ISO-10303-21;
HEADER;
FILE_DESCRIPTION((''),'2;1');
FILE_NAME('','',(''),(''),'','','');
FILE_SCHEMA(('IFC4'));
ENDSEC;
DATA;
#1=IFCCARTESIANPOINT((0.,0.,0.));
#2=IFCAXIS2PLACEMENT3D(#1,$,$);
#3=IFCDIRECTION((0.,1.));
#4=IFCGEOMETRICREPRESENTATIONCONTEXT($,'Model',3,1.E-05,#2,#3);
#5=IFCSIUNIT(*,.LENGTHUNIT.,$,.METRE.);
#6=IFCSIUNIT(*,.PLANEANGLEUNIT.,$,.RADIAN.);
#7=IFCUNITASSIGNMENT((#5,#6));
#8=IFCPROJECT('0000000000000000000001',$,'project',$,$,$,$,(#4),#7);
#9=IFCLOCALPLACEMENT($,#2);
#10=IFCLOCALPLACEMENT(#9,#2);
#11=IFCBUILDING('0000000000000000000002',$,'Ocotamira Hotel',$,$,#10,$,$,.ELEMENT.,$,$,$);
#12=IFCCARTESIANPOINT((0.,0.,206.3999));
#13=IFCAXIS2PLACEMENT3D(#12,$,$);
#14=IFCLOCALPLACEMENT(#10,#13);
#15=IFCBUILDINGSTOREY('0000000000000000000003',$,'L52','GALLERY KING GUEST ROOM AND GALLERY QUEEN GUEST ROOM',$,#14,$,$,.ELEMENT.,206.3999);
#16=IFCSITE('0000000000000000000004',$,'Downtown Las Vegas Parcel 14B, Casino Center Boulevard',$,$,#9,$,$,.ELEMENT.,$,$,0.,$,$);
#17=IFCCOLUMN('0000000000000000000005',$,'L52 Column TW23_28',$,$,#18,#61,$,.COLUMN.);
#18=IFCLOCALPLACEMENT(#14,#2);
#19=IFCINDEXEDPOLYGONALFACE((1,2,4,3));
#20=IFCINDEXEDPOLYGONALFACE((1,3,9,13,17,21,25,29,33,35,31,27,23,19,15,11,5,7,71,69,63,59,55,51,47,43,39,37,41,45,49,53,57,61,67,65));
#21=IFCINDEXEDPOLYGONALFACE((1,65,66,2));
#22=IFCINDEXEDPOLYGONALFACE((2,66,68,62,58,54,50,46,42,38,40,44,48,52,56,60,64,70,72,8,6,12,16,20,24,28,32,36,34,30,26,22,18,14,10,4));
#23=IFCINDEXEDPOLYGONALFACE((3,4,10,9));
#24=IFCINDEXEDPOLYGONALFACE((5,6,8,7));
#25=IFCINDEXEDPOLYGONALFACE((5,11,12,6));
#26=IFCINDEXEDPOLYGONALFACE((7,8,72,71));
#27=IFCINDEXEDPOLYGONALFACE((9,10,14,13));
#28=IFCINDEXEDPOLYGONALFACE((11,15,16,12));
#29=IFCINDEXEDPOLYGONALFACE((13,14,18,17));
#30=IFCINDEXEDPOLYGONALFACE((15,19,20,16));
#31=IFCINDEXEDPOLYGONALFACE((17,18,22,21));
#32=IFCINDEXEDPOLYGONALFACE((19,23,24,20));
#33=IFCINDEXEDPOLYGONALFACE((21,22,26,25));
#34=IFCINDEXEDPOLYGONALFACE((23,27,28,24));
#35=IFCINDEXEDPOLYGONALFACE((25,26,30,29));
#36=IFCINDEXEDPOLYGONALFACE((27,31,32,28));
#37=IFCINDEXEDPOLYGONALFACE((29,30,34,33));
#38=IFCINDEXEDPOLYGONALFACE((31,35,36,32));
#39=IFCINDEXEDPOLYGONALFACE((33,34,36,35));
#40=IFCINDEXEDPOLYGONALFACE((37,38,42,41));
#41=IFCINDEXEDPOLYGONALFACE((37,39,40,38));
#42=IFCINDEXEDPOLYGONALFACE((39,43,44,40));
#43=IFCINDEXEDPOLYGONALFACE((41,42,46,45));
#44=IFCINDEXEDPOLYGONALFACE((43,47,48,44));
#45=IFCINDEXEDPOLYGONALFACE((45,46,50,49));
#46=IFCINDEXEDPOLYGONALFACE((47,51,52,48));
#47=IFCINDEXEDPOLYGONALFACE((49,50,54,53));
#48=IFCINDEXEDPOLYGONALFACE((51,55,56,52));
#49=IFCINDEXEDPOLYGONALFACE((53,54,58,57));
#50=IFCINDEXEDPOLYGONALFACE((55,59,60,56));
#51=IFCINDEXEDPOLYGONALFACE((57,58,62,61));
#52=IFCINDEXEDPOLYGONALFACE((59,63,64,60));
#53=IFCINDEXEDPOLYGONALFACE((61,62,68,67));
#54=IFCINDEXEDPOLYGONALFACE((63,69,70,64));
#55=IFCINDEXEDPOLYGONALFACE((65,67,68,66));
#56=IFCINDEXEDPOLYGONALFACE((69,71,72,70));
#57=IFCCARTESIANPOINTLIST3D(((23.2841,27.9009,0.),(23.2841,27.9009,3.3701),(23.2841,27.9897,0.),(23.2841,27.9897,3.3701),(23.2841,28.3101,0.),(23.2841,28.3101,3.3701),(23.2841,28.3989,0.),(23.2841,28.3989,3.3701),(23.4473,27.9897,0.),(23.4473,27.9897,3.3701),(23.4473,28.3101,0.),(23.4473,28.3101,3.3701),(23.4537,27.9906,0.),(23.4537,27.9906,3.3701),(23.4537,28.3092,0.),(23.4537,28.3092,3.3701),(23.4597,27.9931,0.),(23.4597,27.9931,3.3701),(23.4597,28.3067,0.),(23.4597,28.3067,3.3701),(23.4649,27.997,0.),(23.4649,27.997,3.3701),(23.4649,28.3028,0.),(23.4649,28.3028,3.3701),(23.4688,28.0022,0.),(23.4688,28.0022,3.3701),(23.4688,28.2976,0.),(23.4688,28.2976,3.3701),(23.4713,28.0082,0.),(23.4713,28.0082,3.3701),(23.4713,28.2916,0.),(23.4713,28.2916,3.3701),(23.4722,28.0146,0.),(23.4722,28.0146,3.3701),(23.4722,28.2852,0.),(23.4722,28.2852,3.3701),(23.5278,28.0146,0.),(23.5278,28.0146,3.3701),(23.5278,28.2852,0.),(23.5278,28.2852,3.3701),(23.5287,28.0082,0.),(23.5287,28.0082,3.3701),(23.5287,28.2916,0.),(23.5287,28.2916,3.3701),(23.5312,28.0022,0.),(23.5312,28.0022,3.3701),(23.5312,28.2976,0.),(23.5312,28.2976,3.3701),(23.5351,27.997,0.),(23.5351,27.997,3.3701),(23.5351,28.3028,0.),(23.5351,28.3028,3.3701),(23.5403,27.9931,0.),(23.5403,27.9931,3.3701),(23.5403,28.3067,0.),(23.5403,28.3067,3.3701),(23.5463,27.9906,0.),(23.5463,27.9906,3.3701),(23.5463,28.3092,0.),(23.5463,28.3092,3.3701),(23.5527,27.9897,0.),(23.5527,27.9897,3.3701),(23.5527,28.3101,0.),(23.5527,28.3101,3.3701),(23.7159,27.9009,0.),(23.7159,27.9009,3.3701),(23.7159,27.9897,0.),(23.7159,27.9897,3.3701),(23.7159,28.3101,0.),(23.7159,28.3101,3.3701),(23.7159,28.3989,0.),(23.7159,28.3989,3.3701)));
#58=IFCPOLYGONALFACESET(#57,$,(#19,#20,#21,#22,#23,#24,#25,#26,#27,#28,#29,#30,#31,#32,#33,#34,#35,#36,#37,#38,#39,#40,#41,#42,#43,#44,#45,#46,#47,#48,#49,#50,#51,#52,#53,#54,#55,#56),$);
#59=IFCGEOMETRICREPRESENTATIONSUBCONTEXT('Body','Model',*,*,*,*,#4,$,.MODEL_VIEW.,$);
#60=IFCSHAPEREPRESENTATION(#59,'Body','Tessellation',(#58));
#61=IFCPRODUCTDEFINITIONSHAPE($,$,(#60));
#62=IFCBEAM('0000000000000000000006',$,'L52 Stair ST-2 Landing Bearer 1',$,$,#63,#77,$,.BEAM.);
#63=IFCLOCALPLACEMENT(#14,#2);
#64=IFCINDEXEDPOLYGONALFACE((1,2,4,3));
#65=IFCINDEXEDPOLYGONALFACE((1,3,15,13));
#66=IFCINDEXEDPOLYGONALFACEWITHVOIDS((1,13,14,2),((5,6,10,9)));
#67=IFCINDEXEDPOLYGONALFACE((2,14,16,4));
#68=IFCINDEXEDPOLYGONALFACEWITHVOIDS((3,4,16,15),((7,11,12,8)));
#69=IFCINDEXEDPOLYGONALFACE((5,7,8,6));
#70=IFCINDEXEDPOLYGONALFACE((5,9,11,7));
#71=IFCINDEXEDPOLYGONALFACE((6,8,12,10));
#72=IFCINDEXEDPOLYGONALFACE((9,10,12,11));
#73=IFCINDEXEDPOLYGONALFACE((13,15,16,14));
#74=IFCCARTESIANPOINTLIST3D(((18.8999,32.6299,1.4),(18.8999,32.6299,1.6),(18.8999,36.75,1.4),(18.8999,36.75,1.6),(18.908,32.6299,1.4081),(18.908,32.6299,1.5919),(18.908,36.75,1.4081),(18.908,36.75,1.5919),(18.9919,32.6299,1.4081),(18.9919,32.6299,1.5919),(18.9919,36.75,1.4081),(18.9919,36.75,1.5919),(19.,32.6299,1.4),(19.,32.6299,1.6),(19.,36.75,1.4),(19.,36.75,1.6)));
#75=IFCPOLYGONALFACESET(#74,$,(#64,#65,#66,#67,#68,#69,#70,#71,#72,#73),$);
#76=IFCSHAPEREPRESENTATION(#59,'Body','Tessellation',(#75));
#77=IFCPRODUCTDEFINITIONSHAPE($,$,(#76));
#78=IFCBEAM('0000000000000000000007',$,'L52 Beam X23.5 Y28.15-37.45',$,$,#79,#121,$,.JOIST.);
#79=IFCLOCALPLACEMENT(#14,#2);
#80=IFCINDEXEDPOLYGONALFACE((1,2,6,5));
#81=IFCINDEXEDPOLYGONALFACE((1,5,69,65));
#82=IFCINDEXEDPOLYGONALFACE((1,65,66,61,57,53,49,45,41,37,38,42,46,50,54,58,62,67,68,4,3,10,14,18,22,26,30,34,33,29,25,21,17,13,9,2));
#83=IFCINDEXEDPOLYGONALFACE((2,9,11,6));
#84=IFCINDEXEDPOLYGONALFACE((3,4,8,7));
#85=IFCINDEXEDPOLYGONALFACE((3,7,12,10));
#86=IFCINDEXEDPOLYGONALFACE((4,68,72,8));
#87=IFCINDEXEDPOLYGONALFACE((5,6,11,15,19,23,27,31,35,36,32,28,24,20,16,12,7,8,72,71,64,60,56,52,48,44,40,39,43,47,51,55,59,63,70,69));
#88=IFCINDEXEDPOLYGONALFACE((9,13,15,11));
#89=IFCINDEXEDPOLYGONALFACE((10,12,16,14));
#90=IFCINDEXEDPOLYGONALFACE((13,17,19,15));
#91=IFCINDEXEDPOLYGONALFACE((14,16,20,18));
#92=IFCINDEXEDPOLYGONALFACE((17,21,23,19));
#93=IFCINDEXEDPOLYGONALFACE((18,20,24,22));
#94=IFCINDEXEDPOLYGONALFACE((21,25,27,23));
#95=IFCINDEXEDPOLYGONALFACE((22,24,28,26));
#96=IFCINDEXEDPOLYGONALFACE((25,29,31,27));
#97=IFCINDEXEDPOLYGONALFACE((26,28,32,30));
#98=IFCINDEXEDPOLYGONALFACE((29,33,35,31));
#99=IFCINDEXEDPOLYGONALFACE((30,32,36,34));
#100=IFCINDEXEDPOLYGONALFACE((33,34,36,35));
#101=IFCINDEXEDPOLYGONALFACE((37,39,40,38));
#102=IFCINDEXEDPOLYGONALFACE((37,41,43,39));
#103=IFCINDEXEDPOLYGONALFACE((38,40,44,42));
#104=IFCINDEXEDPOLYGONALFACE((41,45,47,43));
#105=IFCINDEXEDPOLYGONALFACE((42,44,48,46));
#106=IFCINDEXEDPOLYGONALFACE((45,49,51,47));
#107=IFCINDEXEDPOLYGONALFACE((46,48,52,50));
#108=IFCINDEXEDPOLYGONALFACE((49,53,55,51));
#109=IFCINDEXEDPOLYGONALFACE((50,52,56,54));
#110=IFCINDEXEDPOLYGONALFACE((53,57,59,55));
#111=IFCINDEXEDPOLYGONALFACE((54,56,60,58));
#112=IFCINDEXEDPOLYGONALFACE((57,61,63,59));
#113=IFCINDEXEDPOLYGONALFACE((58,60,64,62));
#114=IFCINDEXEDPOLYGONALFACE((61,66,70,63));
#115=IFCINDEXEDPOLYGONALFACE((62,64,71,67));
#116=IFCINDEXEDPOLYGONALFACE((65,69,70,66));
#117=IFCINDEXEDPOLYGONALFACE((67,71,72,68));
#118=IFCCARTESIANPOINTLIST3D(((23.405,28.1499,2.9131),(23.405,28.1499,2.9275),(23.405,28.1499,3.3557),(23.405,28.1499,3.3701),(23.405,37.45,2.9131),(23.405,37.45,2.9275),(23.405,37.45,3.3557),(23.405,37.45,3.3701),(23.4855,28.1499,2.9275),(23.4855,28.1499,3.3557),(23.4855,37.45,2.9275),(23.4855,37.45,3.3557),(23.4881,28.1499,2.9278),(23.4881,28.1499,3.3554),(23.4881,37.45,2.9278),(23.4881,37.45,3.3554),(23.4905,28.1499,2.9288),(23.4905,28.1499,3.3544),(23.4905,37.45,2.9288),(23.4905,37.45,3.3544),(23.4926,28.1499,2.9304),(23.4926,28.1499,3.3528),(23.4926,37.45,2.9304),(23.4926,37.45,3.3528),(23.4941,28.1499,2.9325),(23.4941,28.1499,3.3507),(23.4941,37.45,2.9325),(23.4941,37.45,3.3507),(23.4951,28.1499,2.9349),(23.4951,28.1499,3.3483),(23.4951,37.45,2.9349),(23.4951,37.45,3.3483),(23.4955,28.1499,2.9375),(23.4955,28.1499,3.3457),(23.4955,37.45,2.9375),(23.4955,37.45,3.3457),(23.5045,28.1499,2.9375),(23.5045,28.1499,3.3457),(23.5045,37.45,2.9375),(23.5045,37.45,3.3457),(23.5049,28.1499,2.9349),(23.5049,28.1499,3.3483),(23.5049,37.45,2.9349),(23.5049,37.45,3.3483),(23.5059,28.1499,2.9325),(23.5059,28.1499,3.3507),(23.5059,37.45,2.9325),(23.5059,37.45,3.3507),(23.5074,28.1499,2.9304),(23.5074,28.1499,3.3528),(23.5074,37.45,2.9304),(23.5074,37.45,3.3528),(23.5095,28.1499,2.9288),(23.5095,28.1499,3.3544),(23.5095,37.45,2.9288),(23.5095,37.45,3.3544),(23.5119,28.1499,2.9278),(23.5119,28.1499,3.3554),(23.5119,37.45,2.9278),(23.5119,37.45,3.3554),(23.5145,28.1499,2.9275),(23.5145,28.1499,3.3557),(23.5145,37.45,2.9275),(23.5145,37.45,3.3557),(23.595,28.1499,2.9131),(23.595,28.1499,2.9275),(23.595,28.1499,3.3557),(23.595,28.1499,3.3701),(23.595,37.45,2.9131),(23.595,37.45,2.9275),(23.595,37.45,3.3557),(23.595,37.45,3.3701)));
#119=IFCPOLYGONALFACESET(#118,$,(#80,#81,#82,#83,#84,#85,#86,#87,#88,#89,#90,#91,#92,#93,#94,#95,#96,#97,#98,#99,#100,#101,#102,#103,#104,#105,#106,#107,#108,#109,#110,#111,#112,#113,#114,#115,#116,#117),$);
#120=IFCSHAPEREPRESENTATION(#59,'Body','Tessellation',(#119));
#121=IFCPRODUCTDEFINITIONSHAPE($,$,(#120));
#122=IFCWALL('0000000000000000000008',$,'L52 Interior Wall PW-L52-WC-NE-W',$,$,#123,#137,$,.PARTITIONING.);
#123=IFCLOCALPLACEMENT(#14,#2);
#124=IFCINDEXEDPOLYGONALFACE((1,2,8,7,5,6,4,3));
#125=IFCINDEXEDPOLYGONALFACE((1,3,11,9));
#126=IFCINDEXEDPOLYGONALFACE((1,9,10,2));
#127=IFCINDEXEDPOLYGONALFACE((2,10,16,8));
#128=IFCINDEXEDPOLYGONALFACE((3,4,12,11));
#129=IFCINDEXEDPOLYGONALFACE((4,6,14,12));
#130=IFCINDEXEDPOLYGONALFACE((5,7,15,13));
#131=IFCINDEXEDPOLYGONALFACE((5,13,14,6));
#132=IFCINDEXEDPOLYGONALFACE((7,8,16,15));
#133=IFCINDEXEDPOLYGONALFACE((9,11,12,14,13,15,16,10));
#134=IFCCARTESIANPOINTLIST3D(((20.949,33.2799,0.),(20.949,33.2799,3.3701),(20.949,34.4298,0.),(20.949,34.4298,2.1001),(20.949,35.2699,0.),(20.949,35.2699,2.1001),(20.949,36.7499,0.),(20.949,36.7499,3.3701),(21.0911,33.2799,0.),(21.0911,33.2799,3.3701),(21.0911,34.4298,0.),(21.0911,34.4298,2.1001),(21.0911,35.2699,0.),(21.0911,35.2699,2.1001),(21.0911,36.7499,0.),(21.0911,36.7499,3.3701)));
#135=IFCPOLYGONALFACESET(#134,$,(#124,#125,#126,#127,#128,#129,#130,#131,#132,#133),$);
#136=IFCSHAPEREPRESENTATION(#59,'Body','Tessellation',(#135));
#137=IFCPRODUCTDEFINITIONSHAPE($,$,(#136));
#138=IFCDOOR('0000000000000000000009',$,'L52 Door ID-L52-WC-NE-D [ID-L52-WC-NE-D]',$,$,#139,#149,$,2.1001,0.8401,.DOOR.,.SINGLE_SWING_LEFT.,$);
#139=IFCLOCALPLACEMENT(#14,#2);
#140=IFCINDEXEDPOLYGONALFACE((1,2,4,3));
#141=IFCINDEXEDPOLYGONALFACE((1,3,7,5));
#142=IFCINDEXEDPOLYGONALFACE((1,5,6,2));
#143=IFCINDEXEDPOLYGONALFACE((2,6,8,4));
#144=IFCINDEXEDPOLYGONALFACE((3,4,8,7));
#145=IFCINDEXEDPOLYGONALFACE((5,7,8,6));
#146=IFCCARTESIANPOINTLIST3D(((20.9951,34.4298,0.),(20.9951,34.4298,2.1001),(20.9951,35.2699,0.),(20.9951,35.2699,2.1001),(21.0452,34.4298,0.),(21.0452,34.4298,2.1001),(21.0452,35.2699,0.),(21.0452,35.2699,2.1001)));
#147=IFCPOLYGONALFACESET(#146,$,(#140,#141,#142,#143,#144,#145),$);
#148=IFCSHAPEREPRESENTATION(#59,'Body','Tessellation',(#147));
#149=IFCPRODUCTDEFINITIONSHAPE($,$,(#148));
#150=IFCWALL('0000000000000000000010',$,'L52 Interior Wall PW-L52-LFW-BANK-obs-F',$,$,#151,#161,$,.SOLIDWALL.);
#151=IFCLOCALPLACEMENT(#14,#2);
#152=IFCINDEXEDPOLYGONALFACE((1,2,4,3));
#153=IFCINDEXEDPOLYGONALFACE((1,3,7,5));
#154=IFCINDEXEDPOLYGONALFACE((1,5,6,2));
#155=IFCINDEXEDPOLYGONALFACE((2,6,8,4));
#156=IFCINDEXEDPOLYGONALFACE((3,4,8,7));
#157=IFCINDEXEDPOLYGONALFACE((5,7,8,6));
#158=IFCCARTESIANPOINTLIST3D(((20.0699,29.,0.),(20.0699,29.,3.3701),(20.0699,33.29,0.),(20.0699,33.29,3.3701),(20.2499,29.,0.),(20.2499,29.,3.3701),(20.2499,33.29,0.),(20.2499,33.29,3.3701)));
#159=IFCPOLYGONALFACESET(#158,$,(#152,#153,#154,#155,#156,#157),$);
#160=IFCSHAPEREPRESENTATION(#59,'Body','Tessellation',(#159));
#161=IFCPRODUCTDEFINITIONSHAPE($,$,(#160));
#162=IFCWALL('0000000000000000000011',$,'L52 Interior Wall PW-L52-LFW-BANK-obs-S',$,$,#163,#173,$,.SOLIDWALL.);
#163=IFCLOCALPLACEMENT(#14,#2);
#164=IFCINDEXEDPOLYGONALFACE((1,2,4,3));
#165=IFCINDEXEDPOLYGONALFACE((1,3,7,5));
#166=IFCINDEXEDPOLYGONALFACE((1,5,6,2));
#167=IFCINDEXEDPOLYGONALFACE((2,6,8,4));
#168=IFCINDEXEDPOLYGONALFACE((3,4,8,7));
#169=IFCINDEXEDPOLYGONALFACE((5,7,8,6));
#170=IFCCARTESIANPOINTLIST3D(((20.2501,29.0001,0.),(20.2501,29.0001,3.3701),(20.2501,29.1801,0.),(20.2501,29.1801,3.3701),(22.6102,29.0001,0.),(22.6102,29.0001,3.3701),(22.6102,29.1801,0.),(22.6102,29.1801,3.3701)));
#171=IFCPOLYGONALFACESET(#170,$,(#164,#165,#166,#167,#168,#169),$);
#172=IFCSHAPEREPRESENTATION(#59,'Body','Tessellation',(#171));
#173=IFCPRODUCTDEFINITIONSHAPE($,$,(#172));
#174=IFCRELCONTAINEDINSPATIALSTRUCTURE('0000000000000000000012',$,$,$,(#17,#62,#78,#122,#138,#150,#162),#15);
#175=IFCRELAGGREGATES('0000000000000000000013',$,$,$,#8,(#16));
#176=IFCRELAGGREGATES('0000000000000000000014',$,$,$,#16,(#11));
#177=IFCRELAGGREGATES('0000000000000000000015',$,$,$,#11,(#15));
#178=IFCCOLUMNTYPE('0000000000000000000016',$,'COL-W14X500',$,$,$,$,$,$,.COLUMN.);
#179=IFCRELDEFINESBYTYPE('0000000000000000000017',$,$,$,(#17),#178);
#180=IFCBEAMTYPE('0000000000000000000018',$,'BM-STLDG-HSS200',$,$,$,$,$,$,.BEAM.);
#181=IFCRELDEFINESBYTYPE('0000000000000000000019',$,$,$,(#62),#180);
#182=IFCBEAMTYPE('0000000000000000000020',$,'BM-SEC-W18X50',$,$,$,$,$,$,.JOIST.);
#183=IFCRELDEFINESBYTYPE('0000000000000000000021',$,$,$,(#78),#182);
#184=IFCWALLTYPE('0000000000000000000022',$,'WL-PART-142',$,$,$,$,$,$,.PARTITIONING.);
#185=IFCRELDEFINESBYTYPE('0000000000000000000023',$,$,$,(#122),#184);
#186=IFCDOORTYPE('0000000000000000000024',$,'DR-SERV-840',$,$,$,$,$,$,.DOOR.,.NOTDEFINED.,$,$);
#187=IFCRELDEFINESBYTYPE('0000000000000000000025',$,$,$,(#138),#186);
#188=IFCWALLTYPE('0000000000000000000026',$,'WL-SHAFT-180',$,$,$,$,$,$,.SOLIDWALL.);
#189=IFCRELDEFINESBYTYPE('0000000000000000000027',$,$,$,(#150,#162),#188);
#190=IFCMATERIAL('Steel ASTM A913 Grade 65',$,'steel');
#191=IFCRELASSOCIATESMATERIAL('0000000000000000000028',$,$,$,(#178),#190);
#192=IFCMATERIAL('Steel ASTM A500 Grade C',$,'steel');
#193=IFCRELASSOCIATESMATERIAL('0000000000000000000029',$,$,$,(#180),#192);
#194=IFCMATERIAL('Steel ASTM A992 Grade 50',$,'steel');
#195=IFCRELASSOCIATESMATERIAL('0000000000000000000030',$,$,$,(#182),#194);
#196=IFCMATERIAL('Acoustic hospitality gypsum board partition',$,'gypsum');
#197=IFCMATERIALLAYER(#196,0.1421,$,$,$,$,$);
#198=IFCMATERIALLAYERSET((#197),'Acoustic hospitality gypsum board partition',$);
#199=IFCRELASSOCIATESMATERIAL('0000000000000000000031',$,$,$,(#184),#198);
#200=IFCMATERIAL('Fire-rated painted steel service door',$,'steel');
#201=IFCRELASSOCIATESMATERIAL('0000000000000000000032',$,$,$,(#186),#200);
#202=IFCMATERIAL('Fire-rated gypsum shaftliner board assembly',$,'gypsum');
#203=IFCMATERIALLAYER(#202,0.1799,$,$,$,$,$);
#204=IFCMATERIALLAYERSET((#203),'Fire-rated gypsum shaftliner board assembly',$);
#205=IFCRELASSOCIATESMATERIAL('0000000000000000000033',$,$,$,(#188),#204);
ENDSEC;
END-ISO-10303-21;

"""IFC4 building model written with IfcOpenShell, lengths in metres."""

from ifc_helpers import new_model, si_unit, direction, frame, frame_2d, origin, origin_2d, place, context, subcontext, project, spatial, rectangle, hollow_rectangle, i_section, extrude, source, transform, mapped, material, layer, layer_set, material_profile, profile_set, type_object, element, fill, save


model = new_model("IFC4")

# Units and contexts
model_context = context("Model", 3, precision=1e-05, world=origin(), true_north=direction((0.0, 1.0)))
body_context = subcontext(model_context, "Body", "Model", "MODEL_VIEW")
ifc_project = project(units=[si_unit("LENGTHUNIT", "METRE"), si_unit("PLANEANGLEUNIT", "RADIAN")], contexts=[model_context])

# Site, building, storey
site_placement = place(None, origin())
site = spatial("IfcSite", under=ifc_project, at=site_placement, Name="Downtown Las Vegas Parcel 14B, Casino Center Boulevard", CompositionType="ELEMENT", RefElevation=0.0)
building_placement = place(site_placement, origin())
building = spatial("IfcBuilding", under=site, at=building_placement, Name="Ocotamira Hotel", CompositionType="ELEMENT")
storey_placement = place(building_placement, frame((0.0, 0.0, 206.3999)))
storey = spatial("IfcBuildingStorey", under=building, at=storey_placement, Name="L52", Description="GALLERY KING GUEST ROOM AND GALLERY QUEEN GUEST ROOM", CompositionType="ELEMENT", Elevation=206.3999)

# Column
ifc_material_1 = material(Name="Steel ASTM A913 Grade 65", Category="steel")
ifc_material_profile_1 = material_profile(ifc_material_1, i_section(OverallWidth=0.4319, OverallDepth=0.498, WebThickness=0.0557, FlangeThickness=0.0889, FilletRadius=0.0249, at=origin_2d()), Name="W14X500")
ifc_profile_set_1 = profile_set([ifc_material_profile_1], Name="Steel ASTM A913 Grade 65")
column_type = type_object("IfcColumnType", Name="COL-W14X500", PredefinedType="COLUMN", material=ifc_profile_set_1)
shared_shape_1 = source(origin(), body_context, "Body", "SweptSolid", [
    extrude(i_section(OverallWidth=0.4319, OverallDepth=0.498, WebThickness=0.0557, FlangeThickness=0.0889, FilletRadius=0.0249, at=origin_2d()), origin(), (0.0, 0.0, 1.0), 3.3701),
])
column_placement = place(storey_placement, frame((23.5, 28.1499, 0.0), z_axis=(0.0, 0.0, 1.0), x_axis=(1.0, 0.0, 0.0)))
element("IfcColumn", 1, at=column_placement, inside=storey, type_object=column_type, Name="L52 Column TW23_28", PredefinedType="COLUMN", context=body_context, shape_type="MappedRepresentation", body=[
    mapped(shared_shape_1, transform((0.0, 0.0, 0.0), scale=1.0)),
])

# Beams
ifc_material_2 = material(Name="Steel ASTM A500 Grade C", Category="steel")
ifc_material_profile_2 = material_profile(ifc_material_2, hollow_rectangle(XDim=0.1001, YDim=0.2, WallThickness=0.0081, at=origin_2d()), Name="HSS200X100X8")
ifc_profile_set_2 = profile_set([ifc_material_profile_2], Name="Steel ASTM A500 Grade C")
beam_type_1 = type_object("IfcBeamType", Name="BM-STLDG-HSS200", PredefinedType="BEAM", material=ifc_profile_set_2)
shared_shape_2 = source(origin(), body_context, "Body", "SweptSolid", [
    extrude(hollow_rectangle(XDim=0.1001, YDim=0.2, WallThickness=0.0081, at=origin_2d()), origin(), (0.0, 0.0, 1.0), 4.1201),
])
beam_1_placement = place(storey_placement, frame((18.95, 32.6299, 1.5), z_axis=(0.0, 1.0, 0.0), x_axis=(-1.0, 0.0, 0.0)))
element("IfcBeam", 2, at=beam_1_placement, inside=storey, type_object=beam_type_1, Name="L52 Stair ST-2 Landing Bearer 1", PredefinedType="BEAM", context=body_context, shape_type="MappedRepresentation", body=[
    mapped(shared_shape_2, transform((0.0, 0.0, 0.0), scale=1.0)),
])
ifc_material_3 = material(Name="Steel ASTM A992 Grade 50", Category="steel")
ifc_material_profile_3 = material_profile(ifc_material_3, i_section(OverallWidth=0.1899, OverallDepth=0.457, WebThickness=0.009, FlangeThickness=0.0144, FilletRadius=0.01, at=origin_2d()), Name="W18X50")
ifc_profile_set_3 = profile_set([ifc_material_profile_3], Name="Steel ASTM A992 Grade 50")
beam_type_2 = type_object("IfcBeamType", Name="BM-SEC-W18X50", PredefinedType="JOIST", material=ifc_profile_set_3)
shared_shape_3 = source(origin(), body_context, "Body", "SweptSolid", [
    extrude(i_section(OverallWidth=0.1899, OverallDepth=0.457, WebThickness=0.009, FlangeThickness=0.0144, FilletRadius=0.01, at=origin_2d()), origin(), (0.0, 0.0, 1.0), 9.3),
])
beam_2_placement = place(storey_placement, frame((23.5, 28.1499, 3.1416), z_axis=(0.0, 1.0, 0.0), x_axis=(-1.0, 0.0, 0.0)))
element("IfcBeam", 3, at=beam_2_placement, inside=storey, type_object=beam_type_2, Name="L52 Beam X23.5 Y28.15-37.45", PredefinedType="JOIST", context=body_context, shape_type="MappedRepresentation", body=[
    mapped(shared_shape_3, transform((0.0, 0.0, 0.0), scale=1.0)),
])

# Wall, opening, door
ifc_material_4 = material(Name="Acoustic hospitality gypsum board partition", Category="gypsum")
ifc_layer_1 = layer(ifc_material_4, 0.1421)
ifc_layer_set_1 = layer_set([ifc_layer_1], Name="Acoustic hospitality gypsum board partition")
wall_type_1 = type_object("IfcWallType", Name="WL-PART-142", PredefinedType="PARTITIONING", material=ifc_layer_set_1)
wall_1_placement = place(storey_placement, frame((21.02, 33.28, 0.0), z_axis=(0.0, 0.0, 1.0), x_axis=(0.0, 1.0, 0.0)))
wall_1 = element("IfcWall", 4, at=wall_1_placement, inside=storey, type_object=wall_type_1, Name="L52 Interior Wall PW-L52-WC-NE-W", PredefinedType="PARTITIONING", context=body_context, shape_type="SweptSolid", body=[
    extrude(rectangle(XDim=3.47, YDim=0.1421, at=frame_2d((1.7349, 0.0))), origin(), (0.0, 0.0, 1.0), 3.3701),
])
opening_1_placement = place(wall_1_placement, frame((1.1499, 0.0, 0.0)))
opening_1 = element("IfcOpeningElement", 5, at=opening_1_placement, cuts=wall_1, PredefinedType="OPENING", context=body_context, shape_type="SweptSolid", body=[
    extrude(rectangle(XDim=0.8401, YDim=2.1001, at=frame_2d((0.4199, 1.05))), frame((0.0, 0.0811, 0.0), z_axis=(0.0, -1.0, 0.0), x_axis=(1.0, 0.0, 0.0)), (0.0, 0.0, 1.0), 0.1621),
])
ifc_material_5 = material(Name="Fire-rated painted steel service door", Category="steel")
door_type_1 = type_object("IfcDoorType", Name="DR-SERV-840", OperationType="NOTDEFINED", PredefinedType="DOOR", material=ifc_material_5)
shared_shape_4 = source(origin(), body_context, "Body", "SweptSolid", [
    extrude(rectangle(XDim=0.8401, YDim=2.1001, at=frame_2d((0.4199, 1.05))), frame((0.0, 0.0249, 0.0), z_axis=(0.0, -1.0, 0.0), x_axis=(1.0, 0.0, 0.0)), (0.0, 0.0, 1.0), 0.05),
])
door_1_placement = place(opening_1_placement, origin())
door_1 = element("IfcDoor", 6, at=door_1_placement, inside=storey, type_object=door_type_1, Name="L52 Door ID-L52-WC-NE-D [ID-L52-WC-NE-D]", OperationType="SINGLE_SWING_LEFT", OverallHeight=2.1001, OverallWidth=0.8401, PredefinedType="DOOR", context=body_context, shape_type="MappedRepresentation", body=[
    mapped(shared_shape_4, transform((0.0, 0.0, 0.0), scale=1.0)),
])
fill(opening_1, door_1)

# Walls
ifc_material_6 = material(Name="Fire-rated gypsum shaftliner board assembly", Category="gypsum")
ifc_layer_2 = layer(ifc_material_6, 0.1799)
ifc_layer_set_2 = layer_set([ifc_layer_2], Name="Fire-rated gypsum shaftliner board assembly")
wall_type_2 = type_object("IfcWallType", Name="WL-SHAFT-180", PredefinedType="SOLIDWALL", material=ifc_layer_set_2)
wall_2_placement = place(storey_placement, frame((20.1599, 29.0, 0.0), z_axis=(0.0, 0.0, 1.0), x_axis=(0.0, 1.0, 0.0)))
element("IfcWall", 7, at=wall_2_placement, inside=storey, type_object=wall_type_2, Name="L52 Interior Wall PW-L52-LFW-BANK-obs-F", PredefinedType="SOLIDWALL", context=body_context, shape_type="SweptSolid", body=[
    extrude(rectangle(XDim=4.29, YDim=0.1799, at=frame_2d((2.145, 0.0))), origin(), (0.0, 0.0, 1.0), 3.3701),
])
wall_3_placement = place(storey_placement, frame((20.25, 29.0901, 0.0), z_axis=(0.0, 0.0, 1.0), x_axis=(1.0, 0.0, 0.0)))
element("IfcWall", 8, at=wall_3_placement, inside=storey, type_object=wall_type_2, Name="L52 Interior Wall PW-L52-LFW-BANK-obs-S", PredefinedType="SOLIDWALL", context=body_context, shape_type="SweptSolid", body=[
    extrude(rectangle(XDim=2.3601, YDim=0.1799, at=frame_2d((1.1802, 0.0))), origin(), (0.0, 0.0, 1.0), 3.3701),
])

save(model, "model.ifc")
